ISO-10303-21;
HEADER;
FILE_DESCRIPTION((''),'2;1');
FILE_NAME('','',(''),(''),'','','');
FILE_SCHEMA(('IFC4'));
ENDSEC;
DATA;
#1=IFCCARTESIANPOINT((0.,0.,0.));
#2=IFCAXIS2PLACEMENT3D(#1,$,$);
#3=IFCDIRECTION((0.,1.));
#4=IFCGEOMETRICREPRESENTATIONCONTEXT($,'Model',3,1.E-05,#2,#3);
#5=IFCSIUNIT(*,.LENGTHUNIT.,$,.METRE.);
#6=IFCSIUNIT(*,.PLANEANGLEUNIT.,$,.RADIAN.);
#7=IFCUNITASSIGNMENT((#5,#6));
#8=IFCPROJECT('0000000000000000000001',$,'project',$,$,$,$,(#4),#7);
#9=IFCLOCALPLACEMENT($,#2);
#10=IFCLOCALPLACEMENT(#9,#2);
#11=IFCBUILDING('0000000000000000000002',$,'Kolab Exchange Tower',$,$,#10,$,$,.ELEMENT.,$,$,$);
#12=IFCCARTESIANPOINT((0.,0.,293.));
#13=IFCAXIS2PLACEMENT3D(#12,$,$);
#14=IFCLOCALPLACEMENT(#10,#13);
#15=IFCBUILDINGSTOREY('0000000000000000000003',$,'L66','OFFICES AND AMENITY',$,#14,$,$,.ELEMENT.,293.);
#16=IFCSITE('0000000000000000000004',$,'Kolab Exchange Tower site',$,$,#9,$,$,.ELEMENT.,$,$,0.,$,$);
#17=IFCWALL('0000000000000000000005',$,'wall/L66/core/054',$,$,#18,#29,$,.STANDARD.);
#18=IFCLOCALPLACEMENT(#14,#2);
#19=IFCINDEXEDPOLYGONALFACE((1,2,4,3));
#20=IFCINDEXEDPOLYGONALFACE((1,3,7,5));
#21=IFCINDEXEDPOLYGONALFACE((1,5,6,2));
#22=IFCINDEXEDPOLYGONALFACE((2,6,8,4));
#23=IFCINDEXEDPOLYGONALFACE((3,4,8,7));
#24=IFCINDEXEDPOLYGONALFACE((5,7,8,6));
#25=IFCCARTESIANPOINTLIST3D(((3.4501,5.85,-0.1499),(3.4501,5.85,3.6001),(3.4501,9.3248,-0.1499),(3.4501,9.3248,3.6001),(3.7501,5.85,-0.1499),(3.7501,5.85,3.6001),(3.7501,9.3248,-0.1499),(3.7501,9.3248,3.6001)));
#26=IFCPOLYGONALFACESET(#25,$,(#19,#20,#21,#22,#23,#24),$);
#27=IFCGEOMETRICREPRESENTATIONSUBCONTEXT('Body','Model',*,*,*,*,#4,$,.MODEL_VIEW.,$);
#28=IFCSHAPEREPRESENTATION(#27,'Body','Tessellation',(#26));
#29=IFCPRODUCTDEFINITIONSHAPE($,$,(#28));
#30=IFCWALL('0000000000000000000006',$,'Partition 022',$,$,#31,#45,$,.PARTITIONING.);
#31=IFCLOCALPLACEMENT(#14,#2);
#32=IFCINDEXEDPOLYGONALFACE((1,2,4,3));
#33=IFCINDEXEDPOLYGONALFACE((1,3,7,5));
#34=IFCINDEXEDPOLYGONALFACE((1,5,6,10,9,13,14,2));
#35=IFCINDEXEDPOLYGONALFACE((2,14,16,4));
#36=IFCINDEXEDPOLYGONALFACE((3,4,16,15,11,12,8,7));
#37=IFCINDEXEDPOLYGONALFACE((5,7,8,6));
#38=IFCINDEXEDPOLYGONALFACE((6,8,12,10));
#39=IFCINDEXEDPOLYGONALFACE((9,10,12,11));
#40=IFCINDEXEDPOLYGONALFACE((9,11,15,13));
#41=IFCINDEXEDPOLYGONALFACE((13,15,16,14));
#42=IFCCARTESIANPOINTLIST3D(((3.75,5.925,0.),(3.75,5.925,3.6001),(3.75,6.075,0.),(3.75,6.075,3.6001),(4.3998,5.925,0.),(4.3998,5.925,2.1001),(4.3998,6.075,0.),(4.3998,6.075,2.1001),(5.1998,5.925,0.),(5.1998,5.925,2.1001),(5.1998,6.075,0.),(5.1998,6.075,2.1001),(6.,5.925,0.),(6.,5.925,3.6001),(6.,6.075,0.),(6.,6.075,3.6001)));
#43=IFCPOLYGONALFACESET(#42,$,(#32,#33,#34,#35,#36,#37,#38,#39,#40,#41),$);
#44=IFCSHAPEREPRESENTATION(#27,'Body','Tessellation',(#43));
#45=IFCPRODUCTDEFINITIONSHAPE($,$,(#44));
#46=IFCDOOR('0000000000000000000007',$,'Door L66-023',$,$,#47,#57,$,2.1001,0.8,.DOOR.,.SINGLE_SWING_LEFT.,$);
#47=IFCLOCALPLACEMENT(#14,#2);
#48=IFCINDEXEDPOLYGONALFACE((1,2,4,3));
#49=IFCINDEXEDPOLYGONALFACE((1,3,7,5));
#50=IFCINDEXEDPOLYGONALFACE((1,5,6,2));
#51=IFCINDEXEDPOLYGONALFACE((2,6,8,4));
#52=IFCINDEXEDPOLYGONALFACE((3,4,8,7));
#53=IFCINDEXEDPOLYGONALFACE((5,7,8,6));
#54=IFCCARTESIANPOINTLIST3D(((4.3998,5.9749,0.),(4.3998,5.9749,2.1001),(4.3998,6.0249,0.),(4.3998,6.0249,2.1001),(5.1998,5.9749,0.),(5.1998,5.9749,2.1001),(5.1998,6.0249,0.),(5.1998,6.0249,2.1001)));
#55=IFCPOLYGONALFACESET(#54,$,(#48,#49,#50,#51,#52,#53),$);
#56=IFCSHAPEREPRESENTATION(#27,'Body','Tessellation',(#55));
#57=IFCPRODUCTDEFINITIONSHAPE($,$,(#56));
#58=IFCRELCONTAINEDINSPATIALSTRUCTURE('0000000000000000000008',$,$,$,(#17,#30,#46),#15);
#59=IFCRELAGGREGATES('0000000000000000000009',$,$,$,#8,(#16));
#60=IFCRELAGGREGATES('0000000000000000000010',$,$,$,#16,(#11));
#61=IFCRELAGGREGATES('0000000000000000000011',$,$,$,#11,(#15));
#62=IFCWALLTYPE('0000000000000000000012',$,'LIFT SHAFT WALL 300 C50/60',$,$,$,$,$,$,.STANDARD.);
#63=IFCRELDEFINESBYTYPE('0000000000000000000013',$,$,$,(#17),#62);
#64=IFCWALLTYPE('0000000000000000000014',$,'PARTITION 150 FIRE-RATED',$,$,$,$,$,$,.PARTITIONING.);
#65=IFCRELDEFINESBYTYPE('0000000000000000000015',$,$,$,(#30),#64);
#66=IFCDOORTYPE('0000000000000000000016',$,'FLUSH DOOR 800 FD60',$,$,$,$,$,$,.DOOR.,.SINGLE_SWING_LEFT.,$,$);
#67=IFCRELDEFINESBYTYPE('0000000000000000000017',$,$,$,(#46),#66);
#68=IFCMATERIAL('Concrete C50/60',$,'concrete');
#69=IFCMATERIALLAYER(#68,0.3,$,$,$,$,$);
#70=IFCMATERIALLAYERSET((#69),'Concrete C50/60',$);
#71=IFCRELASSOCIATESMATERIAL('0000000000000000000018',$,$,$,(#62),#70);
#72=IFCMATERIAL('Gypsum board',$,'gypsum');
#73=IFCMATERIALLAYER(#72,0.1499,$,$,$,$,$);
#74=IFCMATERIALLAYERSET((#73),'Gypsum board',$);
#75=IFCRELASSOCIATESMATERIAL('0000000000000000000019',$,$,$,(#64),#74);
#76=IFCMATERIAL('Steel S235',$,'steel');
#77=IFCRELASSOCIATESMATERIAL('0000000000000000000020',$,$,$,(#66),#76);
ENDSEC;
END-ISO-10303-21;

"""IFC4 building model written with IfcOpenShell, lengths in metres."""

from ifc_helpers import new_model, si_unit, direction, frame, frame_2d, origin, place, context, subcontext, project, spatial, rectangle, extrude, material, layer, layer_set, type_object, element, fill, save


model = new_model("IFC4")

# Units and contexts
model_context = context("Model", 3, precision=1e-05, world=origin(), true_north=direction((0.0, 1.0)))
body_context = subcontext(model_context, "Body", "Model", "MODEL_VIEW")
ifc_project = project(units=[si_unit("LENGTHUNIT", "METRE"), si_unit("PLANEANGLEUNIT", "RADIAN")], contexts=[model_context])

# Site, building, storey
site_placement = place(None, origin())
site = spatial("IfcSite", under=ifc_project, at=site_placement, Name="Kolab Exchange Tower site", CompositionType="ELEMENT", RefElevation=0.0)
building_placement = place(site_placement, origin())
building = spatial("IfcBuilding", under=site, at=building_placement, Name="Kolab Exchange Tower", CompositionType="ELEMENT")
storey_placement = place(building_placement, frame((0.0, 0.0, 293.0)))
storey = spatial("IfcBuildingStorey", under=building, at=storey_placement, Name="L66", Description="OFFICES AND AMENITY", CompositionType="ELEMENT", Elevation=293.0)

# Shared definitions
ifc_material_1 = material(Name="Concrete C50/60", Category="concrete")

# Shared definitions
ifc_layer_1 = layer(ifc_material_1, 0.3)
ifc_layer_set_1 = layer_set([ifc_layer_1], Name="Concrete C50/60")
wall_type_1 = type_object("IfcWallType", Name="LIFT SHAFT WALL 300 C50/60", PredefinedType="STANDARD", material=ifc_layer_set_1)

# Wall
for number, where, z_axis, x_axis, name in (
    (1, (3.6001, 5.8501, -0.1499), (0.0, 0.0, 1.0), (0.0, 1.0, 0.0), "wall/L66/core/054"),
):
    element("IfcWall", number, at=place(storey_placement, frame(where, z_axis=z_axis, x_axis=x_axis)), inside=storey, type_object=wall_type_1, Name=name, PredefinedType="STANDARD", context=body_context, shape_type="SweptSolid", body=[
        extrude(rectangle(XDim=3.4749, YDim=0.3, at=frame_2d((1.7373, 0.0))), origin(), (0.0, 0.0, 1.0), 3.75),
    ])

# Wall, opening, door
ifc_material_2 = material(Name="Gypsum board", Category="gypsum")
ifc_layer_2 = layer(ifc_material_2, 0.1499)
ifc_layer_set_2 = layer_set([ifc_layer_2], Name="Gypsum board")
wall_type_2 = type_object("IfcWallType", Name="PARTITION 150 FIRE-RATED", PredefinedType="PARTITIONING", material=ifc_layer_set_2)
wall_1_placement = place(storey_placement, frame((3.75, 6.0, 0.0), z_axis=(0.0, 0.0, 1.0), x_axis=(1.0, 0.0, 0.0)))
wall_1 = element("IfcWall", 2, at=wall_1_placement, inside=storey, type_object=wall_type_2, Name="Partition 022", PredefinedType="PARTITIONING", context=body_context, shape_type="SweptSolid", body=[
    extrude(rectangle(XDim=2.25, YDim=0.1499, at=frame_2d((1.125, 0.0))), origin(), (0.0, 0.0, 1.0), 3.6001),
])
opening_1_placement = place(wall_1_placement, frame((0.6499, 0.0, 0.0)))
opening_1 = element("IfcOpeningElement", 3, at=opening_1_placement, cuts=wall_1, PredefinedType="OPENING", context=body_context, shape_type="SweptSolid", body=[
    extrude(rectangle(XDim=0.8, YDim=2.1001, at=frame_2d((0.3999, 1.05))), frame((0.0, 0.085, 0.0), z_axis=(0.0, -1.0, 0.0), x_axis=(1.0, 0.0, 0.0)), (0.0, 0.0, 1.0), 0.1699),
])
ifc_material_3 = material(Name="Steel S235", Category="steel")
door_type_1 = type_object("IfcDoorType", Name="FLUSH DOOR 800 FD60", OperationType="SINGLE_SWING_LEFT", PredefinedType="DOOR", material=ifc_material_3)
door_1_placement = place(opening_1_placement, origin())
door_1 = element("IfcDoor", 4, at=door_1_placement, inside=storey, type_object=door_type_1, Name="Door L66-023", OperationType="SINGLE_SWING_LEFT", OverallHeight=2.1001, OverallWidth=0.8, PredefinedType="DOOR", context=body_context, shape_type="SweptSolid", body=[
    extrude(rectangle(XDim=0.8, YDim=2.1001, at=frame_2d((0.3999, 1.05))), frame((0.0, 0.0249, 0.0), z_axis=(0.0, -1.0, 0.0), x_axis=(1.0, 0.0, 0.0)), (0.0, 0.0, 1.0), 0.05),
])
fill(opening_1, door_1)

save(model, "model.ifc")
